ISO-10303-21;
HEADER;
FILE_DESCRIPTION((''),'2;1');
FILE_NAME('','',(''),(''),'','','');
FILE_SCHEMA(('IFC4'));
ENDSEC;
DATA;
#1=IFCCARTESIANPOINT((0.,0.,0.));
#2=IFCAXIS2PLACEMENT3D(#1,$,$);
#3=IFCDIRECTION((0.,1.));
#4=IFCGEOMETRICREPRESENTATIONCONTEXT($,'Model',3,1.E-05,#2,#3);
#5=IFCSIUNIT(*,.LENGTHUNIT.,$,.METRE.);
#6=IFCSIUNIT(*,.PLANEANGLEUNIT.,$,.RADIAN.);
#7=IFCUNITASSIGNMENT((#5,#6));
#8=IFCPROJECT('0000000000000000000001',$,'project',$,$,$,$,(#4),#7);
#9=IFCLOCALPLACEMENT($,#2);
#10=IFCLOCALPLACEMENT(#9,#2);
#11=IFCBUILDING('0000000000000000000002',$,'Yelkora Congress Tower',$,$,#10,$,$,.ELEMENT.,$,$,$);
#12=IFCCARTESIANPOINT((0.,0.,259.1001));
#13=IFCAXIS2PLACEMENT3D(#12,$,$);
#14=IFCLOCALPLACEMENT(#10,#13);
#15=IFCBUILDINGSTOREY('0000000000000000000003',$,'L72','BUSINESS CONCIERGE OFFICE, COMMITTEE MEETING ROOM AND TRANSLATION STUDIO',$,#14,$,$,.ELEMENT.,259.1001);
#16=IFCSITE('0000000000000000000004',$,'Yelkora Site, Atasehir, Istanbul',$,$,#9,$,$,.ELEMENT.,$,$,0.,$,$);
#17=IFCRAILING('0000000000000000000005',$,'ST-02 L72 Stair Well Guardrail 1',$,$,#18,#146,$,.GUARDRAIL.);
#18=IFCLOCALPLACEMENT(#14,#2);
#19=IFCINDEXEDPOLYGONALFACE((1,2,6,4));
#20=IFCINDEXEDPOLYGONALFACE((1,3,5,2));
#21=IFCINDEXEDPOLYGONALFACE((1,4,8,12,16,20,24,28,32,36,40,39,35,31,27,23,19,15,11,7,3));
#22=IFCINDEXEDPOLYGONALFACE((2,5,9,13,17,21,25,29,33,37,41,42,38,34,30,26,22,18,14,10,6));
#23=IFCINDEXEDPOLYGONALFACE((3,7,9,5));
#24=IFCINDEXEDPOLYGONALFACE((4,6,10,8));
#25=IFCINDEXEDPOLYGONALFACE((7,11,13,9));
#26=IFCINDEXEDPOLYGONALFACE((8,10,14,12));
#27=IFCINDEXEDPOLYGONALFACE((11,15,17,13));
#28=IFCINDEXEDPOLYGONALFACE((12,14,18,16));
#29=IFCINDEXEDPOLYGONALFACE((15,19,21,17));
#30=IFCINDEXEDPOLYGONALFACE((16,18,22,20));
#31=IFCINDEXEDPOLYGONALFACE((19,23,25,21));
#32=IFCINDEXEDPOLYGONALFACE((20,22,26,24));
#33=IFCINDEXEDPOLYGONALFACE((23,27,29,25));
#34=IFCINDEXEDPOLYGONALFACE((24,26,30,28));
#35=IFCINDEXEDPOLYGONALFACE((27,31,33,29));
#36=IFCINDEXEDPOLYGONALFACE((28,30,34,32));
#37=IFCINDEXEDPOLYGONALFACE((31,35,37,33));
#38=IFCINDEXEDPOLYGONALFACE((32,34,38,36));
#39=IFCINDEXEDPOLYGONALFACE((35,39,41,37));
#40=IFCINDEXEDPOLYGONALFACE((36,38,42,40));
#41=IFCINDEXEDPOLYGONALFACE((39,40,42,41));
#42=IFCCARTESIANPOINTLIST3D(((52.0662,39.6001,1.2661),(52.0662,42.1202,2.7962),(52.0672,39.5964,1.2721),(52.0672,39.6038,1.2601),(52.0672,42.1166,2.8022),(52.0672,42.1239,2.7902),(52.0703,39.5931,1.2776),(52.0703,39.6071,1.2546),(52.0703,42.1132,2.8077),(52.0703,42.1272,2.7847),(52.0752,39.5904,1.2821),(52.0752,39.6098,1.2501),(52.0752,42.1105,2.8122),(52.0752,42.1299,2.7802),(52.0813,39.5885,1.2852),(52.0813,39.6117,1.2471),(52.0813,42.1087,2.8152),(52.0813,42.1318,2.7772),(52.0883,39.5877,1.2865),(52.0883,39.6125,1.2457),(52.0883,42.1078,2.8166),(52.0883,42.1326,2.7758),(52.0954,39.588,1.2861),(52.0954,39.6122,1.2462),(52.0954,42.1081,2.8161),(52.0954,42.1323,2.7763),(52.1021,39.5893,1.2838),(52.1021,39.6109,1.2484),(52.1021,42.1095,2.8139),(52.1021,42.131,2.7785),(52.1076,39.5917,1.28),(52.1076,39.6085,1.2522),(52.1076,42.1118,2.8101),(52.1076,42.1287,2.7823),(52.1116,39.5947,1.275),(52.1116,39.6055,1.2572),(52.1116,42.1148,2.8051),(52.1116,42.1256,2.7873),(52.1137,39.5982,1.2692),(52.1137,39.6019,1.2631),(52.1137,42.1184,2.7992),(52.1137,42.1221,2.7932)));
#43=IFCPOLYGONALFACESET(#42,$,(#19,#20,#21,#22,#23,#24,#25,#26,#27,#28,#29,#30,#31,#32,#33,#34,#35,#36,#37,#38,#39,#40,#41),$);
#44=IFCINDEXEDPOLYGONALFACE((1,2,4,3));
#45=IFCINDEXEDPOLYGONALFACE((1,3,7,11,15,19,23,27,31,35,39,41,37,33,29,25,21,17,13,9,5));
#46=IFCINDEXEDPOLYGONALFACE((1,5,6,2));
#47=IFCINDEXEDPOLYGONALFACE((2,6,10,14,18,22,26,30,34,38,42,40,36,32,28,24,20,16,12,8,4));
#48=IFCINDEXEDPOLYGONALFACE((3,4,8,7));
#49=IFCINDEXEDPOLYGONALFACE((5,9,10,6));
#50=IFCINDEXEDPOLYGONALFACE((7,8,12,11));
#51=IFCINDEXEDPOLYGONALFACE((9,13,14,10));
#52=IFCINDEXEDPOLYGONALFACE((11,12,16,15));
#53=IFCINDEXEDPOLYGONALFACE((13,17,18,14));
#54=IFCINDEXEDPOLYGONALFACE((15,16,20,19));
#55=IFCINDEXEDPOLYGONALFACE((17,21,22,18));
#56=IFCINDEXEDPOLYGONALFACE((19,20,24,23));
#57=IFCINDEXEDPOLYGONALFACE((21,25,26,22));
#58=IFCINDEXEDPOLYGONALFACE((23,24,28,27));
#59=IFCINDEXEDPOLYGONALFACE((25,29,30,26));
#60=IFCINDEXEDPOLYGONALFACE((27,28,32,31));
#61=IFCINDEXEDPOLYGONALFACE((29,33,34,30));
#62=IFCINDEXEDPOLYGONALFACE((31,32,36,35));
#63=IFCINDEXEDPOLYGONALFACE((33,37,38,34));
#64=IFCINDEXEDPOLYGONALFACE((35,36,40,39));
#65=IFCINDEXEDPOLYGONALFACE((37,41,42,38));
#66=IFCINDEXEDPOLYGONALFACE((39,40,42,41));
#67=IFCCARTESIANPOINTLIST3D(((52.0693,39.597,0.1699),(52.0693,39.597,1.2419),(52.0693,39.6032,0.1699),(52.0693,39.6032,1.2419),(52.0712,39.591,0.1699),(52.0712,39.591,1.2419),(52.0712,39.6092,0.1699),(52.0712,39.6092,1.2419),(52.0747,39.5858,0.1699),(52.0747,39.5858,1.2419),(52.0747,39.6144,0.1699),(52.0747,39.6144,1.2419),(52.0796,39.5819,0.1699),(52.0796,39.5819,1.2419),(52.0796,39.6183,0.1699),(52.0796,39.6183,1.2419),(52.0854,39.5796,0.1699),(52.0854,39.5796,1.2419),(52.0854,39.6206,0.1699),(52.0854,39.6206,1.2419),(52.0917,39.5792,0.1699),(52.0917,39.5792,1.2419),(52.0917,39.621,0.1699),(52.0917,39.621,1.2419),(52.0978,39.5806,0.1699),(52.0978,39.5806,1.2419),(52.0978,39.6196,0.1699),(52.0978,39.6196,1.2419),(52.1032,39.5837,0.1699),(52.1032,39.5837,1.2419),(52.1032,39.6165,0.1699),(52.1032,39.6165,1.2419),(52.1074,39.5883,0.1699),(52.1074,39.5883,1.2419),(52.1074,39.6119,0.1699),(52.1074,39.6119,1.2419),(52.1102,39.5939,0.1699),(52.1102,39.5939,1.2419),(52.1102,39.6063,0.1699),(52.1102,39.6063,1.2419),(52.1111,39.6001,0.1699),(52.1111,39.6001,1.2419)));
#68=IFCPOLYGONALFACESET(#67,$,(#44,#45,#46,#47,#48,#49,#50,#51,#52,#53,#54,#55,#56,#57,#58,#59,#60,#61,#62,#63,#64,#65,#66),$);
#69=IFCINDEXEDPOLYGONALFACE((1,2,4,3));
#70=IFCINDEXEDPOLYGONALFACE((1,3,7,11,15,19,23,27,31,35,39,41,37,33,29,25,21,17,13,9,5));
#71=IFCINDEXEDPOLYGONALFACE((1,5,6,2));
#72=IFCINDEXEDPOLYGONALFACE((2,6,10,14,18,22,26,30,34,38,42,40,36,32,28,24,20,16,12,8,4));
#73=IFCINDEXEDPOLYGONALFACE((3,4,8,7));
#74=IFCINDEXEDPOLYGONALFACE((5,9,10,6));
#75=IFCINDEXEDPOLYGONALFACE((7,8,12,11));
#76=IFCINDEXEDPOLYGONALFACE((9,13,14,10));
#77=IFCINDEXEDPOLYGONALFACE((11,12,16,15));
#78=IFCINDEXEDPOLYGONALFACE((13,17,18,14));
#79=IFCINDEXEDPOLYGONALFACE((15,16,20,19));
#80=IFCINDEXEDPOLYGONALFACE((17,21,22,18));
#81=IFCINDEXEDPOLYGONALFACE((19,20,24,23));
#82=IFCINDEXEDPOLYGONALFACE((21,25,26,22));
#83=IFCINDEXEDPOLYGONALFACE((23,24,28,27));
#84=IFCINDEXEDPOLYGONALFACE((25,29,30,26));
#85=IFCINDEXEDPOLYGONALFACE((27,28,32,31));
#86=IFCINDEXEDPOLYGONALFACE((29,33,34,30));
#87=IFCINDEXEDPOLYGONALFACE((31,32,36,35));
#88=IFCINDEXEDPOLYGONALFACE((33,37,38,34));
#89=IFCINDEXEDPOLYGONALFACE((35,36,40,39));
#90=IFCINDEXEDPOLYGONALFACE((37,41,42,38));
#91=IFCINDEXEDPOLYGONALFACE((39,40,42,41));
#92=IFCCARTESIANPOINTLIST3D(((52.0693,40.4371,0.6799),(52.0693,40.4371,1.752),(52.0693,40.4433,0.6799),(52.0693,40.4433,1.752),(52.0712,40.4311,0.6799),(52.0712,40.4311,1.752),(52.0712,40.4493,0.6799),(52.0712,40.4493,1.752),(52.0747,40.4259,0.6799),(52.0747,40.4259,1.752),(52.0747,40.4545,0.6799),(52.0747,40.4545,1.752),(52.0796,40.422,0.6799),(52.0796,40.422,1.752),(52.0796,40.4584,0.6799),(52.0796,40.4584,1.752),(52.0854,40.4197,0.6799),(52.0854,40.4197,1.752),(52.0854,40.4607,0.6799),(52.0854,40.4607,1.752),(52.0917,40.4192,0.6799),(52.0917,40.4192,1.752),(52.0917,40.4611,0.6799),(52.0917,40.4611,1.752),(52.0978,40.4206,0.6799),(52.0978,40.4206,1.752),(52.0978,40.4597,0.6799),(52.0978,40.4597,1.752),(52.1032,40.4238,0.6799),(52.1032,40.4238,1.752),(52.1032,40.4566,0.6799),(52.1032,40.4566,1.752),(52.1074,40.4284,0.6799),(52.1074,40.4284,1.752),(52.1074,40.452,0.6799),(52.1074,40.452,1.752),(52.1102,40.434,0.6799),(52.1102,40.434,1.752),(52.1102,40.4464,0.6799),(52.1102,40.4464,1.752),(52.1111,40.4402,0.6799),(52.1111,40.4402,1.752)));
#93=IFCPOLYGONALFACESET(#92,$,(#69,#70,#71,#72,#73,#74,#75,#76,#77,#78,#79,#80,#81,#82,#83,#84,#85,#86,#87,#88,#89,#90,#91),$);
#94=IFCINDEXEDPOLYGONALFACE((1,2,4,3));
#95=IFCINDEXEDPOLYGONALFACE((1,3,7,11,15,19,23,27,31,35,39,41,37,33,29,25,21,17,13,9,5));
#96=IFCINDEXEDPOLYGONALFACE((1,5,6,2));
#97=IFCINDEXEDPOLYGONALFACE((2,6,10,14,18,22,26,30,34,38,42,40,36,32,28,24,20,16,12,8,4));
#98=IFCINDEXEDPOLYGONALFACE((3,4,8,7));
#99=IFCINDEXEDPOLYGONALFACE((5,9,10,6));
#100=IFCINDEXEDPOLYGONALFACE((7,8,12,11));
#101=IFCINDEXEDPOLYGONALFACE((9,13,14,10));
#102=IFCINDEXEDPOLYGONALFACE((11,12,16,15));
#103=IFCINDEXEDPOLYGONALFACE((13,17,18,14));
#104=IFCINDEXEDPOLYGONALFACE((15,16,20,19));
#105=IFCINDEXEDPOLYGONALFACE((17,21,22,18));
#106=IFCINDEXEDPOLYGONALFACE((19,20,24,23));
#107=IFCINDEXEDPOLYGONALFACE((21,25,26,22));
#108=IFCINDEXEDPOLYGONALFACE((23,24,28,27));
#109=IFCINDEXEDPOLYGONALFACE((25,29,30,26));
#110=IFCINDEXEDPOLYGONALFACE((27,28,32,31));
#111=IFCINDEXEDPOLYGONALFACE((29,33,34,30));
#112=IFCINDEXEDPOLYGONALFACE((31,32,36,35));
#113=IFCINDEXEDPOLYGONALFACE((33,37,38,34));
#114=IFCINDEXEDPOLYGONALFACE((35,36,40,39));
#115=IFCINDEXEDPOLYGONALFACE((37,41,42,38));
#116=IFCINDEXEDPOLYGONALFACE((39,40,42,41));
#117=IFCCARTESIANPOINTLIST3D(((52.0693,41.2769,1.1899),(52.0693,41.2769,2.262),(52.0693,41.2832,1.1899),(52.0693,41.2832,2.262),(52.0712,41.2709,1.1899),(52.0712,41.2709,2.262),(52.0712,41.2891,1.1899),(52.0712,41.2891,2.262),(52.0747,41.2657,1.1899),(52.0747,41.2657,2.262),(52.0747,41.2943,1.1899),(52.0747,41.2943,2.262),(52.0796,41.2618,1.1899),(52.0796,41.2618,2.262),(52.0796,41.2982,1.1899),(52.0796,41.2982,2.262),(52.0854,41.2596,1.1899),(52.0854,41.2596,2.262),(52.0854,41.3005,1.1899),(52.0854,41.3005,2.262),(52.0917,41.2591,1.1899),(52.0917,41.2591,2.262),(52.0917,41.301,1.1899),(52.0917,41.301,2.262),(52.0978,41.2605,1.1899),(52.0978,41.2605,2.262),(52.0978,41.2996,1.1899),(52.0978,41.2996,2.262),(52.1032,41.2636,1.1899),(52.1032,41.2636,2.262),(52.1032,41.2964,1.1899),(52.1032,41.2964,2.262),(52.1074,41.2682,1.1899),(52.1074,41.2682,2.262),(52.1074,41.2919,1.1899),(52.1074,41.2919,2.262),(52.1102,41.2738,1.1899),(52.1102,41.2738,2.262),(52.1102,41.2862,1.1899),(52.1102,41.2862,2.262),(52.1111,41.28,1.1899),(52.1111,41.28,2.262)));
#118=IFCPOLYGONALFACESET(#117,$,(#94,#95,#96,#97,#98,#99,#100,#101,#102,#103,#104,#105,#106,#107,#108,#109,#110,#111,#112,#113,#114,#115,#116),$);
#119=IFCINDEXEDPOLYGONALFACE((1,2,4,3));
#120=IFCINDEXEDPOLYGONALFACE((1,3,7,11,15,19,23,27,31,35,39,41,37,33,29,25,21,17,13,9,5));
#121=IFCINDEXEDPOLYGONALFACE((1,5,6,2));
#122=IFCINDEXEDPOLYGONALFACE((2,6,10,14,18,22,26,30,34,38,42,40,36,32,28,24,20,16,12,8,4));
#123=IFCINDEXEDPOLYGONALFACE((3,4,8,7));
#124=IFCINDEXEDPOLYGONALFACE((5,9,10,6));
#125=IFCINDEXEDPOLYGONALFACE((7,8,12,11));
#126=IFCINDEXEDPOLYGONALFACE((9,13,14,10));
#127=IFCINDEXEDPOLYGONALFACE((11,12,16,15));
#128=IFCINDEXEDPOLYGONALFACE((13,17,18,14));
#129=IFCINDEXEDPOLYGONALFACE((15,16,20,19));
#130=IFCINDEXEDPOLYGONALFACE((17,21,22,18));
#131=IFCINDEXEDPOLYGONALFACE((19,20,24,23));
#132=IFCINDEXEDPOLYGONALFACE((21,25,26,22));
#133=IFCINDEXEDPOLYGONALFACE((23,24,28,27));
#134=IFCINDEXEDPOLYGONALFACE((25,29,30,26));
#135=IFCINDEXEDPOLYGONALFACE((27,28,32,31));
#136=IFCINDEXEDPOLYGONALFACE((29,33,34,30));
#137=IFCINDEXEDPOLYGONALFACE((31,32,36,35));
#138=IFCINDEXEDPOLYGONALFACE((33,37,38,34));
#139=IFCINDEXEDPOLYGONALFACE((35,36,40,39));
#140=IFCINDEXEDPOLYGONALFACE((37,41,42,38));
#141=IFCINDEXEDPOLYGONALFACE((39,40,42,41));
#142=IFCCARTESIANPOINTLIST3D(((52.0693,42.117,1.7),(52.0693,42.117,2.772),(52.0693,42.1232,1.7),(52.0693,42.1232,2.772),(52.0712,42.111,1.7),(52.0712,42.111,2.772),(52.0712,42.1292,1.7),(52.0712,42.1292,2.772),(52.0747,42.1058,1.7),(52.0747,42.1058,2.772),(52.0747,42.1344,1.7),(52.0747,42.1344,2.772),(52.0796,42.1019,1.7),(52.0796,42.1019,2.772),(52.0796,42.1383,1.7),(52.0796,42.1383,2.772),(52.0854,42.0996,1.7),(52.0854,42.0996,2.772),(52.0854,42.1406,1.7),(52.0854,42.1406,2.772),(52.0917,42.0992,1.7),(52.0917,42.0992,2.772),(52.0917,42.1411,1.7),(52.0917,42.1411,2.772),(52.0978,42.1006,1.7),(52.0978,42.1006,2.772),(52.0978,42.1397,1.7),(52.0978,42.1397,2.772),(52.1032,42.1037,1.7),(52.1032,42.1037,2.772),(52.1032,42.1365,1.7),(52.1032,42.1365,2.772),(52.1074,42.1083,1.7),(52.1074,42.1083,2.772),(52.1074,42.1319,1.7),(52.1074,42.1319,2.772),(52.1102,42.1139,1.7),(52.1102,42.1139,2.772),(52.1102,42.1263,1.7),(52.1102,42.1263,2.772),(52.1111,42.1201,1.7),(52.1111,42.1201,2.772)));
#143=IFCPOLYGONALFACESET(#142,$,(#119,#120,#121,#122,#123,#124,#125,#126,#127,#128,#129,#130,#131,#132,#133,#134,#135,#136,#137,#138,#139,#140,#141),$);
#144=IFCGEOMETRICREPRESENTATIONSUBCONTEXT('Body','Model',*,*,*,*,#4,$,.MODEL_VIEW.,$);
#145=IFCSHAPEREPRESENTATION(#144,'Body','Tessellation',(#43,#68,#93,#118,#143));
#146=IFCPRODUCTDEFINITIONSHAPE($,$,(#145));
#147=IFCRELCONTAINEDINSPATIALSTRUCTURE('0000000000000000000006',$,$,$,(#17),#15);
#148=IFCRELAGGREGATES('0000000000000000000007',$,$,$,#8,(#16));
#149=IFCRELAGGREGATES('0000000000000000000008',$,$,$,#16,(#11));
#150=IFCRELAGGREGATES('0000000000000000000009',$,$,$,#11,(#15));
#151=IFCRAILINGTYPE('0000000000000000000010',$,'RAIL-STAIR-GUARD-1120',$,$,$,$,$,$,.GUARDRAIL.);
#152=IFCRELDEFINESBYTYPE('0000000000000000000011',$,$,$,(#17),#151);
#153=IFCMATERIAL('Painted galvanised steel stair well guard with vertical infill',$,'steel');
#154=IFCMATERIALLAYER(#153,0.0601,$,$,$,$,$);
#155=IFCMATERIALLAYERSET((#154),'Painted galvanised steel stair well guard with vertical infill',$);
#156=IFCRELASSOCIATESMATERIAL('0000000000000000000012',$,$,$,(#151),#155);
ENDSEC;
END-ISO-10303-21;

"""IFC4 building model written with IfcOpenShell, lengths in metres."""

from ifc_helpers import new_model, si_unit, direction, frame, origin, origin_2d, place, context, subcontext, project, spatial, circle, extrude, material, layer, layer_set, type_object, element, save


model = new_model("IFC4")

# Units and contexts
model_context = context("Model", 3, precision=1e-05, world=origin(), true_north=direction((0.0, 1.0)))
body_context = subcontext(model_context, "Body", "Model", "MODEL_VIEW")
ifc_project = project(units=[si_unit("LENGTHUNIT", "METRE"), si_unit("PLANEANGLEUNIT", "RADIAN")], contexts=[model_context])

# Site, building, storey
site_placement = place(None, origin())
site = spatial("IfcSite", under=ifc_project, at=site_placement, Name="Yelkora Site, Atasehir, Istanbul", CompositionType="ELEMENT", RefElevation=0.0)
building_placement = place(site_placement, origin())
building = spatial("IfcBuilding", under=site, at=building_placement, Name="Yelkora Congress Tower", CompositionType="ELEMENT")
storey_placement = place(building_placement, frame((0.0, 0.0, 259.1001)))
storey = spatial("IfcBuildingStorey", under=building, at=storey_placement, Name="L72", Description="BUSINESS CONCIERGE OFFICE, COMMITTEE MEETING ROOM AND TRANSLATION STUDIO", CompositionType="ELEMENT", Elevation=259.1001)

# Railing
ifc_material_1 = material(Name="Painted galvanised steel stair well guard with vertical infill", Category="steel")
ifc_layer_1 = layer(ifc_material_1, 0.0601)
ifc_layer_set_1 = layer_set([ifc_layer_1], Name="Painted galvanised steel stair well guard with vertical infill")
railing_type_1 = type_object("IfcRailingType", Name="RAIL-STAIR-GUARD-1120", PredefinedType="GUARDRAIL", material=ifc_layer_set_1)
railing_1_placement = place(storey_placement, frame((52.0901, 39.6001, 0.1699)))
element("IfcRailing", 1, at=railing_1_placement, inside=storey, type_object=railing_type_1, Name="ST-02 L72 Stair Well Guardrail 1", PredefinedType="GUARDRAIL", context=body_context, shape_type="SweptSolid", body=[
    extrude(circle(Radius=0.0239, at=origin_2d()), frame((0.0, 0.0, 1.0962), z_axis=(0.0, 0.854785, 0.518982), x_axis=(-1.0, 0.0, 0.0)), (0.0, 0.0, 1.0), 2.9482),
    extrude(circle(Radius=0.021, at=origin_2d()), origin(), (0.0, 0.0, 1.0), 1.072),
    extrude(circle(Radius=0.021, at=origin_2d()), frame((0.0, 0.8401, 0.51)), (0.0, 0.0, 1.0), 1.072),
    extrude(circle(Radius=0.021, at=origin_2d()), frame((0.0, 1.6799, 1.02)), (0.0, 0.0, 1.0), 1.072),
    extrude(circle(Radius=0.021, at=origin_2d()), frame((0.0, 2.52, 1.53)), (0.0, 0.0, 1.0), 1.072),
])

save(model, "model.ifc")
